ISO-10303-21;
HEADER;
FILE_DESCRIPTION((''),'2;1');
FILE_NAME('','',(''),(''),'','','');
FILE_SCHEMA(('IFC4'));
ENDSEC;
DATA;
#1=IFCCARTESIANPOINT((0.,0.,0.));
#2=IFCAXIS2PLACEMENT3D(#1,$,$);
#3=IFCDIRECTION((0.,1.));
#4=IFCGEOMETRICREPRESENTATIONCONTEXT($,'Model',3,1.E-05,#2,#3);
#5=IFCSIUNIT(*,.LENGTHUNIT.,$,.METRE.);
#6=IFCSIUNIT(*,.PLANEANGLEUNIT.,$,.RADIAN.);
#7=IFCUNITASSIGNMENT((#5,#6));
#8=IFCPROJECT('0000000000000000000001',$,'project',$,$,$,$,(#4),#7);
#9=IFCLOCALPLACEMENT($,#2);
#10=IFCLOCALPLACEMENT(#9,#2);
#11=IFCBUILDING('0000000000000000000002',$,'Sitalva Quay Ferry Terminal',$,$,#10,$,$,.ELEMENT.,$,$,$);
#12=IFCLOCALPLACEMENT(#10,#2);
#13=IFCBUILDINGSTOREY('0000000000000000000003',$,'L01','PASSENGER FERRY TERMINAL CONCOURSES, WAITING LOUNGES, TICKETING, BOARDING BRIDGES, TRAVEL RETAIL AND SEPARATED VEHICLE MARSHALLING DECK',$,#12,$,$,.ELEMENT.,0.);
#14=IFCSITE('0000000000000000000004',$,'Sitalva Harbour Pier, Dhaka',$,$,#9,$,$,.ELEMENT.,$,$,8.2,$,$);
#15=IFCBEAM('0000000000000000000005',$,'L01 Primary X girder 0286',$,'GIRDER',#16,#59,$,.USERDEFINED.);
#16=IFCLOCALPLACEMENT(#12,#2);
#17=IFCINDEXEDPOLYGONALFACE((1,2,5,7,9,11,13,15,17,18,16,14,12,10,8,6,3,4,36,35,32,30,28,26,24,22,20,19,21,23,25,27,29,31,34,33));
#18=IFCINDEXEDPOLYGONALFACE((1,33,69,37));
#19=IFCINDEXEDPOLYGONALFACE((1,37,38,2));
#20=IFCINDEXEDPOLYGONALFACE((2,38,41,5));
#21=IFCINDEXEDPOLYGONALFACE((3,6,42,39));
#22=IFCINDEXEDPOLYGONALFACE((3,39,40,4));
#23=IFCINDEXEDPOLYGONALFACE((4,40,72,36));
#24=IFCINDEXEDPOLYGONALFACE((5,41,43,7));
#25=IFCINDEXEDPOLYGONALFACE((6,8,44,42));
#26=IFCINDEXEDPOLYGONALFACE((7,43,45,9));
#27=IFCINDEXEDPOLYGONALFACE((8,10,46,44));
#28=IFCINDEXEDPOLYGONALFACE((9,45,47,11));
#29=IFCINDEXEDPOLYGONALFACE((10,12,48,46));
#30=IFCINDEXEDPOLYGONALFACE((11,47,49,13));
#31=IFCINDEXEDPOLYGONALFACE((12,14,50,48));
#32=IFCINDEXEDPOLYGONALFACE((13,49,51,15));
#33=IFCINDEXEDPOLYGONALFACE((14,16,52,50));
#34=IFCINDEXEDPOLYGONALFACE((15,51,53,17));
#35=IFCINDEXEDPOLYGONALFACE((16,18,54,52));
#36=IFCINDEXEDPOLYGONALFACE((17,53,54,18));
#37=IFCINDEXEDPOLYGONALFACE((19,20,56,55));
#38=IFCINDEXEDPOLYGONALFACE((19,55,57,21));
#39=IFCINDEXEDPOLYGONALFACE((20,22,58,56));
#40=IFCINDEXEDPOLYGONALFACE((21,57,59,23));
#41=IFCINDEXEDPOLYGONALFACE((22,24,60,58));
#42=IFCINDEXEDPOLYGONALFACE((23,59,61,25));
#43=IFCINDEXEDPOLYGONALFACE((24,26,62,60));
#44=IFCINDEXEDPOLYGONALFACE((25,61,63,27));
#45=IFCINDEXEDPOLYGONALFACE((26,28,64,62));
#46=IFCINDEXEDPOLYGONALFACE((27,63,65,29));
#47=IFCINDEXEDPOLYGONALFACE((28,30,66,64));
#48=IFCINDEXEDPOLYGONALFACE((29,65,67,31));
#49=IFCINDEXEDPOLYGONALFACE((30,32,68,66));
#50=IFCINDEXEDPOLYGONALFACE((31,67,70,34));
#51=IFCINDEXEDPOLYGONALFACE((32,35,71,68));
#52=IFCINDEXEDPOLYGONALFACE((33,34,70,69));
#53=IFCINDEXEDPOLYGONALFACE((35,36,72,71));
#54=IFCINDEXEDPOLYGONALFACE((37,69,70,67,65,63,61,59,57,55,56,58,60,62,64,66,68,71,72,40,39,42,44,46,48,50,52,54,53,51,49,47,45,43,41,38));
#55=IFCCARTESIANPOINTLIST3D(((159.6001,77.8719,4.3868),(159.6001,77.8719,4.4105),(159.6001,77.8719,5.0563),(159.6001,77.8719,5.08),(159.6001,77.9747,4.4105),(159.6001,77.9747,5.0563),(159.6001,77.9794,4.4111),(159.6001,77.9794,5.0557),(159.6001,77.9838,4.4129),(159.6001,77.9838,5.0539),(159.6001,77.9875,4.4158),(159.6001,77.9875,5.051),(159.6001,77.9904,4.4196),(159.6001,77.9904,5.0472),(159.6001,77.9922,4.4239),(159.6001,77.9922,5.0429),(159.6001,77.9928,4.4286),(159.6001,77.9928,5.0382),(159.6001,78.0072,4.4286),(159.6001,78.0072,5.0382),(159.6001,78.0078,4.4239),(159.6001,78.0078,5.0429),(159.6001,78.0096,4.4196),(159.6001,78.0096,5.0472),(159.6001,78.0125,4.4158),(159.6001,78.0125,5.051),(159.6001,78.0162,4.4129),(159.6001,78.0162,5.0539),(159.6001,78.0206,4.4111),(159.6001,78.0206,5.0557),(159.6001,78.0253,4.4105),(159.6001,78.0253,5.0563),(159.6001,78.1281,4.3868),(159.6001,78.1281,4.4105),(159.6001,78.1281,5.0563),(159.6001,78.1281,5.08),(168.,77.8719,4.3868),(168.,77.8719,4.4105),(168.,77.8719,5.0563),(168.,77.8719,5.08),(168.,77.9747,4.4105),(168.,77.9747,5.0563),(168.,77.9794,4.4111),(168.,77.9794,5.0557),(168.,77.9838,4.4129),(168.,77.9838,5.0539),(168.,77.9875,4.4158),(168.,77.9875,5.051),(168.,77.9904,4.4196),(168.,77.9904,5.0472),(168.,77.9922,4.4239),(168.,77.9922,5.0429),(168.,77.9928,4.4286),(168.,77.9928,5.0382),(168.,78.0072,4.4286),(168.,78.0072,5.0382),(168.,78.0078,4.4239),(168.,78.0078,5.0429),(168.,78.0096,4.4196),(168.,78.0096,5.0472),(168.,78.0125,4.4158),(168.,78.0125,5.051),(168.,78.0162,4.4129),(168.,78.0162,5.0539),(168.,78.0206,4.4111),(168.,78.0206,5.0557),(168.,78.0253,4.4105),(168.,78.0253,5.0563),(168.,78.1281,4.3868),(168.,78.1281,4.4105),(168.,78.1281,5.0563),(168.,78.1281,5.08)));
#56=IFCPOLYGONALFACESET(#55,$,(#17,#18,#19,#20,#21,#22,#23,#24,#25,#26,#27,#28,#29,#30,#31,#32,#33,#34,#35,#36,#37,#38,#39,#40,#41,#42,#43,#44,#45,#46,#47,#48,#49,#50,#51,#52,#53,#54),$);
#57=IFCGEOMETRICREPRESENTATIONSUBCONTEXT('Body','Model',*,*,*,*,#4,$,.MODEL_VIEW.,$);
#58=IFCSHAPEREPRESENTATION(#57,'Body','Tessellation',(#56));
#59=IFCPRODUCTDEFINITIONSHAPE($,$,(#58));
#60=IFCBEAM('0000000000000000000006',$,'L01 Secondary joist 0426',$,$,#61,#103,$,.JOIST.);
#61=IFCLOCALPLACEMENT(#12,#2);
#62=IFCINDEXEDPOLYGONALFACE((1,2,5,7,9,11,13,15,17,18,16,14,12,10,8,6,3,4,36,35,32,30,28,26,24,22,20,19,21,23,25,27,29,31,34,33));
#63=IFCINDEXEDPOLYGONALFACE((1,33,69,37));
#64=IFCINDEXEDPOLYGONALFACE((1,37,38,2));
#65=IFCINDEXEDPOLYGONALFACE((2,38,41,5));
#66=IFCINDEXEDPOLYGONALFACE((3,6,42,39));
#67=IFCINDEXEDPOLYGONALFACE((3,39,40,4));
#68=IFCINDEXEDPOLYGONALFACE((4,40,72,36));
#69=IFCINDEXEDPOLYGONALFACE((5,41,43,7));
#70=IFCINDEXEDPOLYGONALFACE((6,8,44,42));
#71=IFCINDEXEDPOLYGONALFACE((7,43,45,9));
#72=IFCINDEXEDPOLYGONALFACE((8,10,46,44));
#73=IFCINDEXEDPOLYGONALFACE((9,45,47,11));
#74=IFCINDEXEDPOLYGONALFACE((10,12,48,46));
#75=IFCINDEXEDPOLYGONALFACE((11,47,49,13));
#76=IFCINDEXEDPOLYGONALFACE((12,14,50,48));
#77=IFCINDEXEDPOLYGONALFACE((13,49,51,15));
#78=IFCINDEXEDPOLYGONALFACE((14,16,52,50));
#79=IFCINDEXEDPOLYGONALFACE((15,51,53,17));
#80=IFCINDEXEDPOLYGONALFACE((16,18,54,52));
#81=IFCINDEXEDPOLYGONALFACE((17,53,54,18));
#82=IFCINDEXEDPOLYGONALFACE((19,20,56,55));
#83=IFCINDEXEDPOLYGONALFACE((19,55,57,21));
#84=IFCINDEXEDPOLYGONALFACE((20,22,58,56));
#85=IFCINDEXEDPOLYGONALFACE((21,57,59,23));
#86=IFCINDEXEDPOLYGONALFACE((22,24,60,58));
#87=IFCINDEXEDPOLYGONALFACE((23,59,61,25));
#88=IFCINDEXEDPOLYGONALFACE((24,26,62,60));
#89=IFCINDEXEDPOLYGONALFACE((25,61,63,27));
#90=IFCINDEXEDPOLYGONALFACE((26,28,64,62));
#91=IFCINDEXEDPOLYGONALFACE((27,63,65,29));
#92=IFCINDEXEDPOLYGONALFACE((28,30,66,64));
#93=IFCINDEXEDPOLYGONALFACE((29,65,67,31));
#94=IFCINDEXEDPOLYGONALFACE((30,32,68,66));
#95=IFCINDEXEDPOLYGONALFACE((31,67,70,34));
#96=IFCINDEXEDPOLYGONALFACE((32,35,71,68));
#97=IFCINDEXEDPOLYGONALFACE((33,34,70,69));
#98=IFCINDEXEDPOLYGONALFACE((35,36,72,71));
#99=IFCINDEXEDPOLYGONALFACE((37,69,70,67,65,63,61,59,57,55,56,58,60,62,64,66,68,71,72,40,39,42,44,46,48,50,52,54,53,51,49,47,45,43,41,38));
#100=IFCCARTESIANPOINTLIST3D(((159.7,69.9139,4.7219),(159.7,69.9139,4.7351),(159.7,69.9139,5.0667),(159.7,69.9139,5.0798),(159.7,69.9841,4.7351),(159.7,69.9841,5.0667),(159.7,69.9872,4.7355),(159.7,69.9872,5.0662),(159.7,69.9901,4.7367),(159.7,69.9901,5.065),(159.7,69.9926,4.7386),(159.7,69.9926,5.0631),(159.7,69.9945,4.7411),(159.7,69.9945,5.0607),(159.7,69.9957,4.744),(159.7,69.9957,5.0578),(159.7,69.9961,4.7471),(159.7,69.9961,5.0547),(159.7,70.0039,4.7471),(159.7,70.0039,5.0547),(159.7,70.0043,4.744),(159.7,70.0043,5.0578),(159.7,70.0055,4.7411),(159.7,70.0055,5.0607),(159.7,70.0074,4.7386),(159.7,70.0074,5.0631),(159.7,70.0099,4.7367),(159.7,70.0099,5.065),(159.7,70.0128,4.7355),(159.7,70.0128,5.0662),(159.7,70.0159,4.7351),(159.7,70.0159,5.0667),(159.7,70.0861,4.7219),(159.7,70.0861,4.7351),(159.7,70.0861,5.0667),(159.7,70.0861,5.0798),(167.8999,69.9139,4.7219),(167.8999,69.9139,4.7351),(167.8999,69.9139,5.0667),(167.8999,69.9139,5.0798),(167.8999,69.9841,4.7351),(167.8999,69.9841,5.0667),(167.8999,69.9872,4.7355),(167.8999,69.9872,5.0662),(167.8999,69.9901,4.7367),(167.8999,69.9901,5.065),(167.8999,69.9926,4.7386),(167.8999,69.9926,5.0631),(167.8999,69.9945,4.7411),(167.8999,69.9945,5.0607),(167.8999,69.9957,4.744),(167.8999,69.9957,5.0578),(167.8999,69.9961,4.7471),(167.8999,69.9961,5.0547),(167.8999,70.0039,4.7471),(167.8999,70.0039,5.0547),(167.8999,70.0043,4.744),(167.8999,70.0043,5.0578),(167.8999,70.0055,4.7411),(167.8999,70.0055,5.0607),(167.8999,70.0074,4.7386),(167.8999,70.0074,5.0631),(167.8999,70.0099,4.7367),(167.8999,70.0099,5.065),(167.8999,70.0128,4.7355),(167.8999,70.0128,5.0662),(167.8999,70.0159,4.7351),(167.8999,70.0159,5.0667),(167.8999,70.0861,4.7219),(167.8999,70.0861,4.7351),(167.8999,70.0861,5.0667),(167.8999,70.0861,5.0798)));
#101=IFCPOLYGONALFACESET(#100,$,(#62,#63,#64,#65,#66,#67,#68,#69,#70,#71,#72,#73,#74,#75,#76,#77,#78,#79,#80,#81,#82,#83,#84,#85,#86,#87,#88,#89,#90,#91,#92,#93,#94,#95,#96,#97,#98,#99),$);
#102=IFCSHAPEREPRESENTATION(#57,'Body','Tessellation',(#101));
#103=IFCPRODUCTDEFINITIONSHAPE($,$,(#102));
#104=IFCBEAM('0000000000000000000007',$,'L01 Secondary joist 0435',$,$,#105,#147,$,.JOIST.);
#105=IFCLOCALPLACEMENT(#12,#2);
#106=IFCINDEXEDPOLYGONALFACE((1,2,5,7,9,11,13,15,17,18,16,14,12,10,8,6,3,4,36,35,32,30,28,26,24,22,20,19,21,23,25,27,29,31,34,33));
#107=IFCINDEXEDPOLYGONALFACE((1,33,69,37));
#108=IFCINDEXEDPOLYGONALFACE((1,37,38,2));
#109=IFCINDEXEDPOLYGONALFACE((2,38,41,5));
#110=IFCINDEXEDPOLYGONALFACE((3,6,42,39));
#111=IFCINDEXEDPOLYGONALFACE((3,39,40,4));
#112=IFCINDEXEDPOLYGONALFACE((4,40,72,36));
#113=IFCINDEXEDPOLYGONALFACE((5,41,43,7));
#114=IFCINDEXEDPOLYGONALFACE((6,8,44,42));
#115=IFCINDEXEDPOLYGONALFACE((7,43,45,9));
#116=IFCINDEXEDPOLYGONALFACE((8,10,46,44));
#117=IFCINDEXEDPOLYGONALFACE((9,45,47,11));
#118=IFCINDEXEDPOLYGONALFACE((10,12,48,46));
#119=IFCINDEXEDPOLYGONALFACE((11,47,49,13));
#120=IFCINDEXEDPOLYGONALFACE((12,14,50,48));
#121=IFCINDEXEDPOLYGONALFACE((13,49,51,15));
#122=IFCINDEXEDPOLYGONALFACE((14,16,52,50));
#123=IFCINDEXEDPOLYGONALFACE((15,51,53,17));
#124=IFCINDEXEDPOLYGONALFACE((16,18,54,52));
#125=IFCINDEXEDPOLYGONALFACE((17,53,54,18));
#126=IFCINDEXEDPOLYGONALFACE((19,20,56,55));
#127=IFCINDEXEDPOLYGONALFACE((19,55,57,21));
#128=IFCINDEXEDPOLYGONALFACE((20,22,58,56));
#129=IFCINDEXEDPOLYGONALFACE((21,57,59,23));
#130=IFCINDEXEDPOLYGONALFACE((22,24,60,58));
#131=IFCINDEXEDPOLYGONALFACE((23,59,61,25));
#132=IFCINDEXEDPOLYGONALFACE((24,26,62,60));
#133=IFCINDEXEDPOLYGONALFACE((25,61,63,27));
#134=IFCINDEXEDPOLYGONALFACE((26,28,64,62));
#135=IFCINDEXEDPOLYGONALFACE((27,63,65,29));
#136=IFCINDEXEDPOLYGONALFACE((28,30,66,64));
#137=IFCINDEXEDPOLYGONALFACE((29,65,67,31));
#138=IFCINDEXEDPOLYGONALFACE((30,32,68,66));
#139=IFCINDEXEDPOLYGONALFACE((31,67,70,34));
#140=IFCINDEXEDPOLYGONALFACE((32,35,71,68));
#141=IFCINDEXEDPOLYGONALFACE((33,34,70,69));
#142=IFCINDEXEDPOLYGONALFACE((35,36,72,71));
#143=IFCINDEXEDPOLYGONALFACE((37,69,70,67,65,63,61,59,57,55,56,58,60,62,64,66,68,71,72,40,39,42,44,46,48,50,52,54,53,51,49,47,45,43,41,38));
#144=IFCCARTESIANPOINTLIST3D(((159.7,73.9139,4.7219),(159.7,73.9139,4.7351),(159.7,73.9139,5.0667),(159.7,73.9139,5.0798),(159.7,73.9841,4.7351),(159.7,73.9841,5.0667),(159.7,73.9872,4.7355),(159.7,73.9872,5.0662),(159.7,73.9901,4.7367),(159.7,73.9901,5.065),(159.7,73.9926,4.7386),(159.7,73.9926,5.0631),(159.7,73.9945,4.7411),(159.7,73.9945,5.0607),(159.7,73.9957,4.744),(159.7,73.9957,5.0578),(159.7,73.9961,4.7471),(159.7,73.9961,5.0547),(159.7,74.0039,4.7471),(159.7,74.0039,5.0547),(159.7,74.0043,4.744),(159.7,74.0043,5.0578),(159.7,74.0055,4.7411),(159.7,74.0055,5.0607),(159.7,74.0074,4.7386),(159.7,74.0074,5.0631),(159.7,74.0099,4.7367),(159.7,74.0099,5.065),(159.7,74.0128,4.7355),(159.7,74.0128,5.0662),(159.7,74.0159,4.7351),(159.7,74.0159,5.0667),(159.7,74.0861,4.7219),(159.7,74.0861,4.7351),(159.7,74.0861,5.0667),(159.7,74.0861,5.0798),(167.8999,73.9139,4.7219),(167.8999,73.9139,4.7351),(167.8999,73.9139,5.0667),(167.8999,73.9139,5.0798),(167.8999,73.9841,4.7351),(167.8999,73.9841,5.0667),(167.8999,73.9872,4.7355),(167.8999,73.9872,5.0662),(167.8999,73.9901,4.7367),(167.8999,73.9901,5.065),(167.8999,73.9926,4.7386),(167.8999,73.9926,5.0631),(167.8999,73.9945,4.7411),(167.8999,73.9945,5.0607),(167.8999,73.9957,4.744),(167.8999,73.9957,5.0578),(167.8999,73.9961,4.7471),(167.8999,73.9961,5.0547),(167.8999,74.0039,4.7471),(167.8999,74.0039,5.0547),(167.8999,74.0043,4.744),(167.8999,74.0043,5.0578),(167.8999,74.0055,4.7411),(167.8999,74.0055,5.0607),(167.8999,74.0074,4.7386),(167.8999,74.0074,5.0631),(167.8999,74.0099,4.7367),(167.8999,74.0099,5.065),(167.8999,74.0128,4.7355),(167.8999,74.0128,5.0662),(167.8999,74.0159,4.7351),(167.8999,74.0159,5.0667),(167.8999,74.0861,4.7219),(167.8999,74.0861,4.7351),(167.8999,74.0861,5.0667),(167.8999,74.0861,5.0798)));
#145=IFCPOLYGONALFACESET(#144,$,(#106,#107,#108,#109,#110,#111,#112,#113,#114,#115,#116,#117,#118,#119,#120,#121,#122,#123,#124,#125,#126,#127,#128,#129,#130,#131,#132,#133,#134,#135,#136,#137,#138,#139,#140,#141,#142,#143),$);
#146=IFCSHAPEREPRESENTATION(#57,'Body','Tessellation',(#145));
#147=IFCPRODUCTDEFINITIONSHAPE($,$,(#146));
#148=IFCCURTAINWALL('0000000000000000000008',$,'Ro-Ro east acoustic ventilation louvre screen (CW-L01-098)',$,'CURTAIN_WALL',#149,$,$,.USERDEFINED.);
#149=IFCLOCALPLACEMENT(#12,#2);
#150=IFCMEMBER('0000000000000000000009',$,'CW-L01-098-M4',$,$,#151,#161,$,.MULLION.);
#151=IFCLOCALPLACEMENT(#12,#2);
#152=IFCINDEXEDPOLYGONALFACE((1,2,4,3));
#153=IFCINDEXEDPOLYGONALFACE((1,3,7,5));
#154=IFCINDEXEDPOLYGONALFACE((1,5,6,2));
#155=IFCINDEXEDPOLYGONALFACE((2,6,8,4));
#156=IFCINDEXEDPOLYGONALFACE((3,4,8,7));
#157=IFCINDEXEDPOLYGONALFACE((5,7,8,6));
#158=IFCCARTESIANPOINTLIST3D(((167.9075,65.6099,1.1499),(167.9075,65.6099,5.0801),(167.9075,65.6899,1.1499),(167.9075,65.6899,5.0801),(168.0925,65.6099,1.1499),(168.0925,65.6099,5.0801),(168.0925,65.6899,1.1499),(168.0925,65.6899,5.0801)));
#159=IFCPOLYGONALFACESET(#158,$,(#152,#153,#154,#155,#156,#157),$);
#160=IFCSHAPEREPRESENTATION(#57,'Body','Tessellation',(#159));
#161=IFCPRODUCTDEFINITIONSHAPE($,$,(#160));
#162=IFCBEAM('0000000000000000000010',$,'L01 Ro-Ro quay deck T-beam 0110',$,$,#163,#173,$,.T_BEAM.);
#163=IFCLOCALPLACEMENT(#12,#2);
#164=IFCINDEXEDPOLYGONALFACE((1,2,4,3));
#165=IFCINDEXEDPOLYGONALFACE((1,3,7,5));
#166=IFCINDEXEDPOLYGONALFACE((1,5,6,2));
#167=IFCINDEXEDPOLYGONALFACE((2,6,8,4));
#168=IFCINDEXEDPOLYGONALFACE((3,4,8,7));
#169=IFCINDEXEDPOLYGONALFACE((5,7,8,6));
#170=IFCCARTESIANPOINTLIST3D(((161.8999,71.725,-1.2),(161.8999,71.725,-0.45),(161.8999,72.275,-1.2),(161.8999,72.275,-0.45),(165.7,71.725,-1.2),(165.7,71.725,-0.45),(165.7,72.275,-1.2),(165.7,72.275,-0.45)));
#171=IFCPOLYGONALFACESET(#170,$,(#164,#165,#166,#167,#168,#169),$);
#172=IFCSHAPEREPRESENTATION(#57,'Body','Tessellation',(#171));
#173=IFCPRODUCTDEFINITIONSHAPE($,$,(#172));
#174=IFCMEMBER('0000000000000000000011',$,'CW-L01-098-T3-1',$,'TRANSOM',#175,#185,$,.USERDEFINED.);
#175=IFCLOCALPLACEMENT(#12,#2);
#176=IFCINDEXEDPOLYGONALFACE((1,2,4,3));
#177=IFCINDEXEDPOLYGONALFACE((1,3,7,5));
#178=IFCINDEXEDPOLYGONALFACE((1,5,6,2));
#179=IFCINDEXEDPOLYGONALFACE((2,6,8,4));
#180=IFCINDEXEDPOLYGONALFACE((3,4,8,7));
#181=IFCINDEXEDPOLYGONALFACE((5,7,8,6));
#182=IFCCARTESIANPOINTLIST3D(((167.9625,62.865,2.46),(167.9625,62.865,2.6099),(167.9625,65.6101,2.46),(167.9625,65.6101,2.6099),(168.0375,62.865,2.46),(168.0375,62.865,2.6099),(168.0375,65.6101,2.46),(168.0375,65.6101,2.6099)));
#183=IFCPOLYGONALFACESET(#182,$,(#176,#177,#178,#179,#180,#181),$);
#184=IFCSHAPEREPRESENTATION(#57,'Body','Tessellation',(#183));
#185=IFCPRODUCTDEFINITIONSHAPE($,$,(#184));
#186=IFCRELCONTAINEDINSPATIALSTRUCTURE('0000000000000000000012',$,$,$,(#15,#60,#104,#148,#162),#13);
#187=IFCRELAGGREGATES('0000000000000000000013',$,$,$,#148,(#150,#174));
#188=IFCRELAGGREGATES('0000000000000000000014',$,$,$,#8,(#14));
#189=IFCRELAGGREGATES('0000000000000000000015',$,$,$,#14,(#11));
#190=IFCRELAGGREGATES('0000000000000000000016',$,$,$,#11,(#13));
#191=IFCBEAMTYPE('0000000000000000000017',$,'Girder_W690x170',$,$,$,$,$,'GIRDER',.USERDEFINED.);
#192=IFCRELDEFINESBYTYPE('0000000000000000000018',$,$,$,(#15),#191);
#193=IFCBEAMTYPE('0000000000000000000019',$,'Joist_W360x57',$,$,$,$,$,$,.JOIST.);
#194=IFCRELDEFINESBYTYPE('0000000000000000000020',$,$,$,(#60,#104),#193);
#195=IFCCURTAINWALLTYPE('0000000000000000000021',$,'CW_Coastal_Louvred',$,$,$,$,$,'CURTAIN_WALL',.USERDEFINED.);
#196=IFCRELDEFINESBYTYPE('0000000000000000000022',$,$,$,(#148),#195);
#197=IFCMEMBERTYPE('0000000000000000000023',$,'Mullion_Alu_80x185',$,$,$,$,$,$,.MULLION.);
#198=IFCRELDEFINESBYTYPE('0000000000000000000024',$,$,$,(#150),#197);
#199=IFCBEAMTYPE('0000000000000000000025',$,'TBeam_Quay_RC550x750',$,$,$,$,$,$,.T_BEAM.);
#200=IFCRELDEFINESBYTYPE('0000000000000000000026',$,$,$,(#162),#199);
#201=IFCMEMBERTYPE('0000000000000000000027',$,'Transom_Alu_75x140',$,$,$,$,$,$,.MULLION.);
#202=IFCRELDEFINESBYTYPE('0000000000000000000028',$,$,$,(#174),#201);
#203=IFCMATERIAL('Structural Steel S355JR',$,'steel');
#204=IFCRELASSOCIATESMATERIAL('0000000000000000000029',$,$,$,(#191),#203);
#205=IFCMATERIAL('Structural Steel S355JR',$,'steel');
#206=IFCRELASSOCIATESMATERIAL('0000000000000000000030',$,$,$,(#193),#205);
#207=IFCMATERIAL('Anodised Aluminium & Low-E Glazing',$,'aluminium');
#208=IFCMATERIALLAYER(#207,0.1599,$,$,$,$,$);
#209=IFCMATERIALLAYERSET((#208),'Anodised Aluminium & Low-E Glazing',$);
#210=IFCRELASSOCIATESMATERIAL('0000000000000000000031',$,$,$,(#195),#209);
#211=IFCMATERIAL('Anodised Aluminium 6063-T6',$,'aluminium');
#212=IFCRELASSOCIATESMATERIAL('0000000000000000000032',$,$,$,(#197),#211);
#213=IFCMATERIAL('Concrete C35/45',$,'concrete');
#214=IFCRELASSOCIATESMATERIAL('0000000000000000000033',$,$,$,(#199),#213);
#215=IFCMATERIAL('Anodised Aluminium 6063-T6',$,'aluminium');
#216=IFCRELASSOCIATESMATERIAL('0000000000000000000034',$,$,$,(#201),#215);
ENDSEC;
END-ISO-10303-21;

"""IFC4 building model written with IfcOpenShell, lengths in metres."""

from ifc_helpers import new_model, si_unit, direction, frame, origin, origin_2d, place, context, subcontext, project, spatial, rectangle, i_section, extrude, material, layer, layer_set, material_profile, profile_set, type_object, element, aggregate, save


model = new_model("IFC4")

# Units and contexts
model_context = context("Model", 3, precision=1e-05, world=origin(), true_north=direction((0.0, 1.0)))
body_context = subcontext(model_context, "Body", "Model", "MODEL_VIEW")
ifc_project = project(units=[si_unit("LENGTHUNIT", "METRE"), si_unit("PLANEANGLEUNIT", "RADIAN")], contexts=[model_context])

# Site, building, storey
site_placement = place(None, origin())
site = spatial("IfcSite", under=ifc_project, at=site_placement, Name="Sitalva Harbour Pier, Dhaka", CompositionType="ELEMENT", RefElevation=8.2)
building_placement = place(site_placement, origin())
building = spatial("IfcBuilding", under=site, at=building_placement, Name="Sitalva Quay Ferry Terminal", CompositionType="ELEMENT")
storey_placement = place(building_placement, origin())
storey = spatial("IfcBuildingStorey", under=building, at=storey_placement, Name="L01", Description="PASSENGER FERRY TERMINAL CONCOURSES, WAITING LOUNGES, TICKETING, BOARDING BRIDGES, TRAVEL RETAIL AND SEPARATED VEHICLE MARSHALLING DECK", CompositionType="ELEMENT", Elevation=0.0)

# Beams
ifc_material_1 = material(Name="Structural Steel S355JR", Category="steel")
ifc_material_profile_1 = material_profile(ifc_material_1, i_section(OverallWidth=0.2561, OverallDepth=0.6931, WebThickness=0.0144, FlangeThickness=0.0237, FilletRadius=0.0181, at=origin_2d()), Name="W690x170")
ifc_profile_set_1 = profile_set([ifc_material_profile_1], Name="Structural Steel S355JR")
beam_type_1 = type_object("IfcBeamType", Name="Girder_W690x170", ElementType="GIRDER", PredefinedType="USERDEFINED", material=ifc_profile_set_1)
beam_1_placement = place(storey_placement, frame((159.6001, 78.0, 4.7334), z_axis=(1.0, 0.0, 0.0), x_axis=(0.0, 1.0, 0.0)))
element("IfcBeam", 1, at=beam_1_placement, inside=storey, type_object=beam_type_1, Name="L01 Primary X girder 0286", ObjectType="GIRDER", PredefinedType="USERDEFINED", context=body_context, shape_type="SweptSolid", body=[
    extrude(i_section(OverallWidth=0.2561, OverallDepth=0.6931, WebThickness=0.0144, FlangeThickness=0.0237, FilletRadius=0.0181, at=origin_2d()), origin(), (0.0, 0.0, 1.0), 8.3999),
])
ifc_material_2 = material(Name="Structural Steel S355JR", Category="steel")
ifc_material_profile_2 = material_profile(ifc_material_2, i_section(OverallWidth=0.1721, OverallDepth=0.3579, WebThickness=0.0078, FlangeThickness=0.0132, FilletRadius=0.012, at=origin_2d()), Name="W360x57")
ifc_profile_set_2 = profile_set([ifc_material_profile_2], Name="Structural Steel S355JR")
beam_type_2 = type_object("IfcBeamType", Name="Joist_W360x57", PredefinedType="JOIST", material=ifc_profile_set_2)
for number, where, z_axis, x_axis, name in (
    (2, (159.7, 70.0, 4.9009), (1.0, 0.0, 0.0), (0.0, 1.0, 0.0), "L01 Secondary joist 0426"),
    (3, (159.7, 74.0, 4.9009), (1.0, 0.0, 0.0), (0.0, 1.0, 0.0), "L01 Secondary joist 0435"),
):
    element("IfcBeam", number, at=place(storey_placement, frame(where, z_axis=z_axis, x_axis=x_axis)), inside=storey, type_object=beam_type_2, Name=name, PredefinedType="JOIST", context=body_context, shape_type="SweptSolid", body=[
        extrude(i_section(OverallWidth=0.1721, OverallDepth=0.3579, WebThickness=0.0078, FlangeThickness=0.0132, FilletRadius=0.012, at=origin_2d()), origin(), (0.0, 0.0, 1.0), 8.2),
    ])

# Curtain wall, member
ifc_material_3 = material(Name="Anodised Aluminium & Low-E Glazing", Category="aluminium")
ifc_layer_1 = layer(ifc_material_3, 0.1599)
ifc_layer_set_1 = layer_set([ifc_layer_1], Name="Anodised Aluminium & Low-E Glazing")
curtain_wall_type = type_object("IfcCurtainWallType", Name="CW_Coastal_Louvred", ElementType="CURTAIN_WALL", PredefinedType="USERDEFINED", material=ifc_layer_set_1)
curtain_wall_placement = place(storey_placement, origin())
curtain_wall = element("IfcCurtainWall", 4, at=curtain_wall_placement, inside=storey, type_object=curtain_wall_type, Name="Ro-Ro east acoustic ventilation louvre screen (CW-L01-098)", ObjectType="CURTAIN_WALL", PredefinedType="USERDEFINED")
ifc_material_4 = material(Name="Anodised Aluminium 6063-T6", Category="aluminium")
ifc_material_profile_3 = material_profile(ifc_material_4, rectangle(XDim=0.0801, YDim=0.1851, at=origin_2d()), Name="ALU80x185")
ifc_profile_set_3 = profile_set([ifc_material_profile_3], Name="Anodised Aluminium 6063-T6")
member_type_1 = type_object("IfcMemberType", Name="Mullion_Alu_80x185", PredefinedType="MULLION", material=ifc_profile_set_3)
member_1_placement = place(storey_placement, frame((168.0, 65.6499, 1.1499), z_axis=(0.0, 0.0, 1.0), x_axis=(0.0, 1.0, 0.0)))
member_1 = element("IfcMember", 5, at=member_1_placement, type_object=member_type_1, Name="CW-L01-098-M4", PredefinedType="MULLION", context=body_context, shape_type="SweptSolid", body=[
    extrude(rectangle(XDim=0.0801, YDim=0.1851, at=origin_2d()), origin(), (0.0, 0.0, 1.0), 3.9302),
])

# Beam
ifc_material_5 = material(Name="Concrete C35/45", Category="concrete")
ifc_material_profile_4 = material_profile(ifc_material_5, rectangle(XDim=0.55, YDim=0.75, at=origin_2d()), Name="RC550x750")
ifc_profile_set_4 = profile_set([ifc_material_profile_4], Name="Concrete C35/45")
beam_type_3 = type_object("IfcBeamType", Name="TBeam_Quay_RC550x750", PredefinedType="T_BEAM", material=ifc_profile_set_4)
beam_2_placement = place(storey_placement, frame((161.8999, 72.0, -0.825), z_axis=(1.0, 0.0, 0.0), x_axis=(0.0, 1.0, 0.0)))
element("IfcBeam", 6, at=beam_2_placement, inside=storey, type_object=beam_type_3, Name="L01 Ro-Ro quay deck T-beam 0110", PredefinedType="T_BEAM", context=body_context, shape_type="SweptSolid", body=[
    extrude(rectangle(XDim=0.55, YDim=0.75, at=origin_2d()), origin(), (0.0, 0.0, 1.0), 3.8),
])

# Member
ifc_material_6 = material(Name="Anodised Aluminium 6063-T6", Category="aluminium")
ifc_material_profile_5 = material_profile(ifc_material_6, rectangle(XDim=0.075, YDim=0.1499, at=origin_2d()), Name="ALU75x150")
ifc_profile_set_5 = profile_set([ifc_material_profile_5], Name="Anodised Aluminium 6063-T6")
member_type_2 = type_object("IfcMemberType", Name="Transom_Alu_75x140", PredefinedType="MULLION", material=ifc_profile_set_5)
member_2_placement = place(storey_placement, frame((168.0, 62.865, 2.5349), z_axis=(0.0, 1.0, 0.0), x_axis=(-1.0, 0.0, 0.0)))
member_2 = element("IfcMember", 7, at=member_2_placement, type_object=member_type_2, Name="CW-L01-098-T3-1", ObjectType="TRANSOM", PredefinedType="USERDEFINED", context=body_context, shape_type="SweptSolid", body=[
    extrude(rectangle(XDim=0.075, YDim=0.1499, at=origin_2d()), origin(), (0.0, 0.0, 1.0), 2.7451),
])

aggregate(curtain_wall, [member_1, member_2])

save(model, "model.ifc")
